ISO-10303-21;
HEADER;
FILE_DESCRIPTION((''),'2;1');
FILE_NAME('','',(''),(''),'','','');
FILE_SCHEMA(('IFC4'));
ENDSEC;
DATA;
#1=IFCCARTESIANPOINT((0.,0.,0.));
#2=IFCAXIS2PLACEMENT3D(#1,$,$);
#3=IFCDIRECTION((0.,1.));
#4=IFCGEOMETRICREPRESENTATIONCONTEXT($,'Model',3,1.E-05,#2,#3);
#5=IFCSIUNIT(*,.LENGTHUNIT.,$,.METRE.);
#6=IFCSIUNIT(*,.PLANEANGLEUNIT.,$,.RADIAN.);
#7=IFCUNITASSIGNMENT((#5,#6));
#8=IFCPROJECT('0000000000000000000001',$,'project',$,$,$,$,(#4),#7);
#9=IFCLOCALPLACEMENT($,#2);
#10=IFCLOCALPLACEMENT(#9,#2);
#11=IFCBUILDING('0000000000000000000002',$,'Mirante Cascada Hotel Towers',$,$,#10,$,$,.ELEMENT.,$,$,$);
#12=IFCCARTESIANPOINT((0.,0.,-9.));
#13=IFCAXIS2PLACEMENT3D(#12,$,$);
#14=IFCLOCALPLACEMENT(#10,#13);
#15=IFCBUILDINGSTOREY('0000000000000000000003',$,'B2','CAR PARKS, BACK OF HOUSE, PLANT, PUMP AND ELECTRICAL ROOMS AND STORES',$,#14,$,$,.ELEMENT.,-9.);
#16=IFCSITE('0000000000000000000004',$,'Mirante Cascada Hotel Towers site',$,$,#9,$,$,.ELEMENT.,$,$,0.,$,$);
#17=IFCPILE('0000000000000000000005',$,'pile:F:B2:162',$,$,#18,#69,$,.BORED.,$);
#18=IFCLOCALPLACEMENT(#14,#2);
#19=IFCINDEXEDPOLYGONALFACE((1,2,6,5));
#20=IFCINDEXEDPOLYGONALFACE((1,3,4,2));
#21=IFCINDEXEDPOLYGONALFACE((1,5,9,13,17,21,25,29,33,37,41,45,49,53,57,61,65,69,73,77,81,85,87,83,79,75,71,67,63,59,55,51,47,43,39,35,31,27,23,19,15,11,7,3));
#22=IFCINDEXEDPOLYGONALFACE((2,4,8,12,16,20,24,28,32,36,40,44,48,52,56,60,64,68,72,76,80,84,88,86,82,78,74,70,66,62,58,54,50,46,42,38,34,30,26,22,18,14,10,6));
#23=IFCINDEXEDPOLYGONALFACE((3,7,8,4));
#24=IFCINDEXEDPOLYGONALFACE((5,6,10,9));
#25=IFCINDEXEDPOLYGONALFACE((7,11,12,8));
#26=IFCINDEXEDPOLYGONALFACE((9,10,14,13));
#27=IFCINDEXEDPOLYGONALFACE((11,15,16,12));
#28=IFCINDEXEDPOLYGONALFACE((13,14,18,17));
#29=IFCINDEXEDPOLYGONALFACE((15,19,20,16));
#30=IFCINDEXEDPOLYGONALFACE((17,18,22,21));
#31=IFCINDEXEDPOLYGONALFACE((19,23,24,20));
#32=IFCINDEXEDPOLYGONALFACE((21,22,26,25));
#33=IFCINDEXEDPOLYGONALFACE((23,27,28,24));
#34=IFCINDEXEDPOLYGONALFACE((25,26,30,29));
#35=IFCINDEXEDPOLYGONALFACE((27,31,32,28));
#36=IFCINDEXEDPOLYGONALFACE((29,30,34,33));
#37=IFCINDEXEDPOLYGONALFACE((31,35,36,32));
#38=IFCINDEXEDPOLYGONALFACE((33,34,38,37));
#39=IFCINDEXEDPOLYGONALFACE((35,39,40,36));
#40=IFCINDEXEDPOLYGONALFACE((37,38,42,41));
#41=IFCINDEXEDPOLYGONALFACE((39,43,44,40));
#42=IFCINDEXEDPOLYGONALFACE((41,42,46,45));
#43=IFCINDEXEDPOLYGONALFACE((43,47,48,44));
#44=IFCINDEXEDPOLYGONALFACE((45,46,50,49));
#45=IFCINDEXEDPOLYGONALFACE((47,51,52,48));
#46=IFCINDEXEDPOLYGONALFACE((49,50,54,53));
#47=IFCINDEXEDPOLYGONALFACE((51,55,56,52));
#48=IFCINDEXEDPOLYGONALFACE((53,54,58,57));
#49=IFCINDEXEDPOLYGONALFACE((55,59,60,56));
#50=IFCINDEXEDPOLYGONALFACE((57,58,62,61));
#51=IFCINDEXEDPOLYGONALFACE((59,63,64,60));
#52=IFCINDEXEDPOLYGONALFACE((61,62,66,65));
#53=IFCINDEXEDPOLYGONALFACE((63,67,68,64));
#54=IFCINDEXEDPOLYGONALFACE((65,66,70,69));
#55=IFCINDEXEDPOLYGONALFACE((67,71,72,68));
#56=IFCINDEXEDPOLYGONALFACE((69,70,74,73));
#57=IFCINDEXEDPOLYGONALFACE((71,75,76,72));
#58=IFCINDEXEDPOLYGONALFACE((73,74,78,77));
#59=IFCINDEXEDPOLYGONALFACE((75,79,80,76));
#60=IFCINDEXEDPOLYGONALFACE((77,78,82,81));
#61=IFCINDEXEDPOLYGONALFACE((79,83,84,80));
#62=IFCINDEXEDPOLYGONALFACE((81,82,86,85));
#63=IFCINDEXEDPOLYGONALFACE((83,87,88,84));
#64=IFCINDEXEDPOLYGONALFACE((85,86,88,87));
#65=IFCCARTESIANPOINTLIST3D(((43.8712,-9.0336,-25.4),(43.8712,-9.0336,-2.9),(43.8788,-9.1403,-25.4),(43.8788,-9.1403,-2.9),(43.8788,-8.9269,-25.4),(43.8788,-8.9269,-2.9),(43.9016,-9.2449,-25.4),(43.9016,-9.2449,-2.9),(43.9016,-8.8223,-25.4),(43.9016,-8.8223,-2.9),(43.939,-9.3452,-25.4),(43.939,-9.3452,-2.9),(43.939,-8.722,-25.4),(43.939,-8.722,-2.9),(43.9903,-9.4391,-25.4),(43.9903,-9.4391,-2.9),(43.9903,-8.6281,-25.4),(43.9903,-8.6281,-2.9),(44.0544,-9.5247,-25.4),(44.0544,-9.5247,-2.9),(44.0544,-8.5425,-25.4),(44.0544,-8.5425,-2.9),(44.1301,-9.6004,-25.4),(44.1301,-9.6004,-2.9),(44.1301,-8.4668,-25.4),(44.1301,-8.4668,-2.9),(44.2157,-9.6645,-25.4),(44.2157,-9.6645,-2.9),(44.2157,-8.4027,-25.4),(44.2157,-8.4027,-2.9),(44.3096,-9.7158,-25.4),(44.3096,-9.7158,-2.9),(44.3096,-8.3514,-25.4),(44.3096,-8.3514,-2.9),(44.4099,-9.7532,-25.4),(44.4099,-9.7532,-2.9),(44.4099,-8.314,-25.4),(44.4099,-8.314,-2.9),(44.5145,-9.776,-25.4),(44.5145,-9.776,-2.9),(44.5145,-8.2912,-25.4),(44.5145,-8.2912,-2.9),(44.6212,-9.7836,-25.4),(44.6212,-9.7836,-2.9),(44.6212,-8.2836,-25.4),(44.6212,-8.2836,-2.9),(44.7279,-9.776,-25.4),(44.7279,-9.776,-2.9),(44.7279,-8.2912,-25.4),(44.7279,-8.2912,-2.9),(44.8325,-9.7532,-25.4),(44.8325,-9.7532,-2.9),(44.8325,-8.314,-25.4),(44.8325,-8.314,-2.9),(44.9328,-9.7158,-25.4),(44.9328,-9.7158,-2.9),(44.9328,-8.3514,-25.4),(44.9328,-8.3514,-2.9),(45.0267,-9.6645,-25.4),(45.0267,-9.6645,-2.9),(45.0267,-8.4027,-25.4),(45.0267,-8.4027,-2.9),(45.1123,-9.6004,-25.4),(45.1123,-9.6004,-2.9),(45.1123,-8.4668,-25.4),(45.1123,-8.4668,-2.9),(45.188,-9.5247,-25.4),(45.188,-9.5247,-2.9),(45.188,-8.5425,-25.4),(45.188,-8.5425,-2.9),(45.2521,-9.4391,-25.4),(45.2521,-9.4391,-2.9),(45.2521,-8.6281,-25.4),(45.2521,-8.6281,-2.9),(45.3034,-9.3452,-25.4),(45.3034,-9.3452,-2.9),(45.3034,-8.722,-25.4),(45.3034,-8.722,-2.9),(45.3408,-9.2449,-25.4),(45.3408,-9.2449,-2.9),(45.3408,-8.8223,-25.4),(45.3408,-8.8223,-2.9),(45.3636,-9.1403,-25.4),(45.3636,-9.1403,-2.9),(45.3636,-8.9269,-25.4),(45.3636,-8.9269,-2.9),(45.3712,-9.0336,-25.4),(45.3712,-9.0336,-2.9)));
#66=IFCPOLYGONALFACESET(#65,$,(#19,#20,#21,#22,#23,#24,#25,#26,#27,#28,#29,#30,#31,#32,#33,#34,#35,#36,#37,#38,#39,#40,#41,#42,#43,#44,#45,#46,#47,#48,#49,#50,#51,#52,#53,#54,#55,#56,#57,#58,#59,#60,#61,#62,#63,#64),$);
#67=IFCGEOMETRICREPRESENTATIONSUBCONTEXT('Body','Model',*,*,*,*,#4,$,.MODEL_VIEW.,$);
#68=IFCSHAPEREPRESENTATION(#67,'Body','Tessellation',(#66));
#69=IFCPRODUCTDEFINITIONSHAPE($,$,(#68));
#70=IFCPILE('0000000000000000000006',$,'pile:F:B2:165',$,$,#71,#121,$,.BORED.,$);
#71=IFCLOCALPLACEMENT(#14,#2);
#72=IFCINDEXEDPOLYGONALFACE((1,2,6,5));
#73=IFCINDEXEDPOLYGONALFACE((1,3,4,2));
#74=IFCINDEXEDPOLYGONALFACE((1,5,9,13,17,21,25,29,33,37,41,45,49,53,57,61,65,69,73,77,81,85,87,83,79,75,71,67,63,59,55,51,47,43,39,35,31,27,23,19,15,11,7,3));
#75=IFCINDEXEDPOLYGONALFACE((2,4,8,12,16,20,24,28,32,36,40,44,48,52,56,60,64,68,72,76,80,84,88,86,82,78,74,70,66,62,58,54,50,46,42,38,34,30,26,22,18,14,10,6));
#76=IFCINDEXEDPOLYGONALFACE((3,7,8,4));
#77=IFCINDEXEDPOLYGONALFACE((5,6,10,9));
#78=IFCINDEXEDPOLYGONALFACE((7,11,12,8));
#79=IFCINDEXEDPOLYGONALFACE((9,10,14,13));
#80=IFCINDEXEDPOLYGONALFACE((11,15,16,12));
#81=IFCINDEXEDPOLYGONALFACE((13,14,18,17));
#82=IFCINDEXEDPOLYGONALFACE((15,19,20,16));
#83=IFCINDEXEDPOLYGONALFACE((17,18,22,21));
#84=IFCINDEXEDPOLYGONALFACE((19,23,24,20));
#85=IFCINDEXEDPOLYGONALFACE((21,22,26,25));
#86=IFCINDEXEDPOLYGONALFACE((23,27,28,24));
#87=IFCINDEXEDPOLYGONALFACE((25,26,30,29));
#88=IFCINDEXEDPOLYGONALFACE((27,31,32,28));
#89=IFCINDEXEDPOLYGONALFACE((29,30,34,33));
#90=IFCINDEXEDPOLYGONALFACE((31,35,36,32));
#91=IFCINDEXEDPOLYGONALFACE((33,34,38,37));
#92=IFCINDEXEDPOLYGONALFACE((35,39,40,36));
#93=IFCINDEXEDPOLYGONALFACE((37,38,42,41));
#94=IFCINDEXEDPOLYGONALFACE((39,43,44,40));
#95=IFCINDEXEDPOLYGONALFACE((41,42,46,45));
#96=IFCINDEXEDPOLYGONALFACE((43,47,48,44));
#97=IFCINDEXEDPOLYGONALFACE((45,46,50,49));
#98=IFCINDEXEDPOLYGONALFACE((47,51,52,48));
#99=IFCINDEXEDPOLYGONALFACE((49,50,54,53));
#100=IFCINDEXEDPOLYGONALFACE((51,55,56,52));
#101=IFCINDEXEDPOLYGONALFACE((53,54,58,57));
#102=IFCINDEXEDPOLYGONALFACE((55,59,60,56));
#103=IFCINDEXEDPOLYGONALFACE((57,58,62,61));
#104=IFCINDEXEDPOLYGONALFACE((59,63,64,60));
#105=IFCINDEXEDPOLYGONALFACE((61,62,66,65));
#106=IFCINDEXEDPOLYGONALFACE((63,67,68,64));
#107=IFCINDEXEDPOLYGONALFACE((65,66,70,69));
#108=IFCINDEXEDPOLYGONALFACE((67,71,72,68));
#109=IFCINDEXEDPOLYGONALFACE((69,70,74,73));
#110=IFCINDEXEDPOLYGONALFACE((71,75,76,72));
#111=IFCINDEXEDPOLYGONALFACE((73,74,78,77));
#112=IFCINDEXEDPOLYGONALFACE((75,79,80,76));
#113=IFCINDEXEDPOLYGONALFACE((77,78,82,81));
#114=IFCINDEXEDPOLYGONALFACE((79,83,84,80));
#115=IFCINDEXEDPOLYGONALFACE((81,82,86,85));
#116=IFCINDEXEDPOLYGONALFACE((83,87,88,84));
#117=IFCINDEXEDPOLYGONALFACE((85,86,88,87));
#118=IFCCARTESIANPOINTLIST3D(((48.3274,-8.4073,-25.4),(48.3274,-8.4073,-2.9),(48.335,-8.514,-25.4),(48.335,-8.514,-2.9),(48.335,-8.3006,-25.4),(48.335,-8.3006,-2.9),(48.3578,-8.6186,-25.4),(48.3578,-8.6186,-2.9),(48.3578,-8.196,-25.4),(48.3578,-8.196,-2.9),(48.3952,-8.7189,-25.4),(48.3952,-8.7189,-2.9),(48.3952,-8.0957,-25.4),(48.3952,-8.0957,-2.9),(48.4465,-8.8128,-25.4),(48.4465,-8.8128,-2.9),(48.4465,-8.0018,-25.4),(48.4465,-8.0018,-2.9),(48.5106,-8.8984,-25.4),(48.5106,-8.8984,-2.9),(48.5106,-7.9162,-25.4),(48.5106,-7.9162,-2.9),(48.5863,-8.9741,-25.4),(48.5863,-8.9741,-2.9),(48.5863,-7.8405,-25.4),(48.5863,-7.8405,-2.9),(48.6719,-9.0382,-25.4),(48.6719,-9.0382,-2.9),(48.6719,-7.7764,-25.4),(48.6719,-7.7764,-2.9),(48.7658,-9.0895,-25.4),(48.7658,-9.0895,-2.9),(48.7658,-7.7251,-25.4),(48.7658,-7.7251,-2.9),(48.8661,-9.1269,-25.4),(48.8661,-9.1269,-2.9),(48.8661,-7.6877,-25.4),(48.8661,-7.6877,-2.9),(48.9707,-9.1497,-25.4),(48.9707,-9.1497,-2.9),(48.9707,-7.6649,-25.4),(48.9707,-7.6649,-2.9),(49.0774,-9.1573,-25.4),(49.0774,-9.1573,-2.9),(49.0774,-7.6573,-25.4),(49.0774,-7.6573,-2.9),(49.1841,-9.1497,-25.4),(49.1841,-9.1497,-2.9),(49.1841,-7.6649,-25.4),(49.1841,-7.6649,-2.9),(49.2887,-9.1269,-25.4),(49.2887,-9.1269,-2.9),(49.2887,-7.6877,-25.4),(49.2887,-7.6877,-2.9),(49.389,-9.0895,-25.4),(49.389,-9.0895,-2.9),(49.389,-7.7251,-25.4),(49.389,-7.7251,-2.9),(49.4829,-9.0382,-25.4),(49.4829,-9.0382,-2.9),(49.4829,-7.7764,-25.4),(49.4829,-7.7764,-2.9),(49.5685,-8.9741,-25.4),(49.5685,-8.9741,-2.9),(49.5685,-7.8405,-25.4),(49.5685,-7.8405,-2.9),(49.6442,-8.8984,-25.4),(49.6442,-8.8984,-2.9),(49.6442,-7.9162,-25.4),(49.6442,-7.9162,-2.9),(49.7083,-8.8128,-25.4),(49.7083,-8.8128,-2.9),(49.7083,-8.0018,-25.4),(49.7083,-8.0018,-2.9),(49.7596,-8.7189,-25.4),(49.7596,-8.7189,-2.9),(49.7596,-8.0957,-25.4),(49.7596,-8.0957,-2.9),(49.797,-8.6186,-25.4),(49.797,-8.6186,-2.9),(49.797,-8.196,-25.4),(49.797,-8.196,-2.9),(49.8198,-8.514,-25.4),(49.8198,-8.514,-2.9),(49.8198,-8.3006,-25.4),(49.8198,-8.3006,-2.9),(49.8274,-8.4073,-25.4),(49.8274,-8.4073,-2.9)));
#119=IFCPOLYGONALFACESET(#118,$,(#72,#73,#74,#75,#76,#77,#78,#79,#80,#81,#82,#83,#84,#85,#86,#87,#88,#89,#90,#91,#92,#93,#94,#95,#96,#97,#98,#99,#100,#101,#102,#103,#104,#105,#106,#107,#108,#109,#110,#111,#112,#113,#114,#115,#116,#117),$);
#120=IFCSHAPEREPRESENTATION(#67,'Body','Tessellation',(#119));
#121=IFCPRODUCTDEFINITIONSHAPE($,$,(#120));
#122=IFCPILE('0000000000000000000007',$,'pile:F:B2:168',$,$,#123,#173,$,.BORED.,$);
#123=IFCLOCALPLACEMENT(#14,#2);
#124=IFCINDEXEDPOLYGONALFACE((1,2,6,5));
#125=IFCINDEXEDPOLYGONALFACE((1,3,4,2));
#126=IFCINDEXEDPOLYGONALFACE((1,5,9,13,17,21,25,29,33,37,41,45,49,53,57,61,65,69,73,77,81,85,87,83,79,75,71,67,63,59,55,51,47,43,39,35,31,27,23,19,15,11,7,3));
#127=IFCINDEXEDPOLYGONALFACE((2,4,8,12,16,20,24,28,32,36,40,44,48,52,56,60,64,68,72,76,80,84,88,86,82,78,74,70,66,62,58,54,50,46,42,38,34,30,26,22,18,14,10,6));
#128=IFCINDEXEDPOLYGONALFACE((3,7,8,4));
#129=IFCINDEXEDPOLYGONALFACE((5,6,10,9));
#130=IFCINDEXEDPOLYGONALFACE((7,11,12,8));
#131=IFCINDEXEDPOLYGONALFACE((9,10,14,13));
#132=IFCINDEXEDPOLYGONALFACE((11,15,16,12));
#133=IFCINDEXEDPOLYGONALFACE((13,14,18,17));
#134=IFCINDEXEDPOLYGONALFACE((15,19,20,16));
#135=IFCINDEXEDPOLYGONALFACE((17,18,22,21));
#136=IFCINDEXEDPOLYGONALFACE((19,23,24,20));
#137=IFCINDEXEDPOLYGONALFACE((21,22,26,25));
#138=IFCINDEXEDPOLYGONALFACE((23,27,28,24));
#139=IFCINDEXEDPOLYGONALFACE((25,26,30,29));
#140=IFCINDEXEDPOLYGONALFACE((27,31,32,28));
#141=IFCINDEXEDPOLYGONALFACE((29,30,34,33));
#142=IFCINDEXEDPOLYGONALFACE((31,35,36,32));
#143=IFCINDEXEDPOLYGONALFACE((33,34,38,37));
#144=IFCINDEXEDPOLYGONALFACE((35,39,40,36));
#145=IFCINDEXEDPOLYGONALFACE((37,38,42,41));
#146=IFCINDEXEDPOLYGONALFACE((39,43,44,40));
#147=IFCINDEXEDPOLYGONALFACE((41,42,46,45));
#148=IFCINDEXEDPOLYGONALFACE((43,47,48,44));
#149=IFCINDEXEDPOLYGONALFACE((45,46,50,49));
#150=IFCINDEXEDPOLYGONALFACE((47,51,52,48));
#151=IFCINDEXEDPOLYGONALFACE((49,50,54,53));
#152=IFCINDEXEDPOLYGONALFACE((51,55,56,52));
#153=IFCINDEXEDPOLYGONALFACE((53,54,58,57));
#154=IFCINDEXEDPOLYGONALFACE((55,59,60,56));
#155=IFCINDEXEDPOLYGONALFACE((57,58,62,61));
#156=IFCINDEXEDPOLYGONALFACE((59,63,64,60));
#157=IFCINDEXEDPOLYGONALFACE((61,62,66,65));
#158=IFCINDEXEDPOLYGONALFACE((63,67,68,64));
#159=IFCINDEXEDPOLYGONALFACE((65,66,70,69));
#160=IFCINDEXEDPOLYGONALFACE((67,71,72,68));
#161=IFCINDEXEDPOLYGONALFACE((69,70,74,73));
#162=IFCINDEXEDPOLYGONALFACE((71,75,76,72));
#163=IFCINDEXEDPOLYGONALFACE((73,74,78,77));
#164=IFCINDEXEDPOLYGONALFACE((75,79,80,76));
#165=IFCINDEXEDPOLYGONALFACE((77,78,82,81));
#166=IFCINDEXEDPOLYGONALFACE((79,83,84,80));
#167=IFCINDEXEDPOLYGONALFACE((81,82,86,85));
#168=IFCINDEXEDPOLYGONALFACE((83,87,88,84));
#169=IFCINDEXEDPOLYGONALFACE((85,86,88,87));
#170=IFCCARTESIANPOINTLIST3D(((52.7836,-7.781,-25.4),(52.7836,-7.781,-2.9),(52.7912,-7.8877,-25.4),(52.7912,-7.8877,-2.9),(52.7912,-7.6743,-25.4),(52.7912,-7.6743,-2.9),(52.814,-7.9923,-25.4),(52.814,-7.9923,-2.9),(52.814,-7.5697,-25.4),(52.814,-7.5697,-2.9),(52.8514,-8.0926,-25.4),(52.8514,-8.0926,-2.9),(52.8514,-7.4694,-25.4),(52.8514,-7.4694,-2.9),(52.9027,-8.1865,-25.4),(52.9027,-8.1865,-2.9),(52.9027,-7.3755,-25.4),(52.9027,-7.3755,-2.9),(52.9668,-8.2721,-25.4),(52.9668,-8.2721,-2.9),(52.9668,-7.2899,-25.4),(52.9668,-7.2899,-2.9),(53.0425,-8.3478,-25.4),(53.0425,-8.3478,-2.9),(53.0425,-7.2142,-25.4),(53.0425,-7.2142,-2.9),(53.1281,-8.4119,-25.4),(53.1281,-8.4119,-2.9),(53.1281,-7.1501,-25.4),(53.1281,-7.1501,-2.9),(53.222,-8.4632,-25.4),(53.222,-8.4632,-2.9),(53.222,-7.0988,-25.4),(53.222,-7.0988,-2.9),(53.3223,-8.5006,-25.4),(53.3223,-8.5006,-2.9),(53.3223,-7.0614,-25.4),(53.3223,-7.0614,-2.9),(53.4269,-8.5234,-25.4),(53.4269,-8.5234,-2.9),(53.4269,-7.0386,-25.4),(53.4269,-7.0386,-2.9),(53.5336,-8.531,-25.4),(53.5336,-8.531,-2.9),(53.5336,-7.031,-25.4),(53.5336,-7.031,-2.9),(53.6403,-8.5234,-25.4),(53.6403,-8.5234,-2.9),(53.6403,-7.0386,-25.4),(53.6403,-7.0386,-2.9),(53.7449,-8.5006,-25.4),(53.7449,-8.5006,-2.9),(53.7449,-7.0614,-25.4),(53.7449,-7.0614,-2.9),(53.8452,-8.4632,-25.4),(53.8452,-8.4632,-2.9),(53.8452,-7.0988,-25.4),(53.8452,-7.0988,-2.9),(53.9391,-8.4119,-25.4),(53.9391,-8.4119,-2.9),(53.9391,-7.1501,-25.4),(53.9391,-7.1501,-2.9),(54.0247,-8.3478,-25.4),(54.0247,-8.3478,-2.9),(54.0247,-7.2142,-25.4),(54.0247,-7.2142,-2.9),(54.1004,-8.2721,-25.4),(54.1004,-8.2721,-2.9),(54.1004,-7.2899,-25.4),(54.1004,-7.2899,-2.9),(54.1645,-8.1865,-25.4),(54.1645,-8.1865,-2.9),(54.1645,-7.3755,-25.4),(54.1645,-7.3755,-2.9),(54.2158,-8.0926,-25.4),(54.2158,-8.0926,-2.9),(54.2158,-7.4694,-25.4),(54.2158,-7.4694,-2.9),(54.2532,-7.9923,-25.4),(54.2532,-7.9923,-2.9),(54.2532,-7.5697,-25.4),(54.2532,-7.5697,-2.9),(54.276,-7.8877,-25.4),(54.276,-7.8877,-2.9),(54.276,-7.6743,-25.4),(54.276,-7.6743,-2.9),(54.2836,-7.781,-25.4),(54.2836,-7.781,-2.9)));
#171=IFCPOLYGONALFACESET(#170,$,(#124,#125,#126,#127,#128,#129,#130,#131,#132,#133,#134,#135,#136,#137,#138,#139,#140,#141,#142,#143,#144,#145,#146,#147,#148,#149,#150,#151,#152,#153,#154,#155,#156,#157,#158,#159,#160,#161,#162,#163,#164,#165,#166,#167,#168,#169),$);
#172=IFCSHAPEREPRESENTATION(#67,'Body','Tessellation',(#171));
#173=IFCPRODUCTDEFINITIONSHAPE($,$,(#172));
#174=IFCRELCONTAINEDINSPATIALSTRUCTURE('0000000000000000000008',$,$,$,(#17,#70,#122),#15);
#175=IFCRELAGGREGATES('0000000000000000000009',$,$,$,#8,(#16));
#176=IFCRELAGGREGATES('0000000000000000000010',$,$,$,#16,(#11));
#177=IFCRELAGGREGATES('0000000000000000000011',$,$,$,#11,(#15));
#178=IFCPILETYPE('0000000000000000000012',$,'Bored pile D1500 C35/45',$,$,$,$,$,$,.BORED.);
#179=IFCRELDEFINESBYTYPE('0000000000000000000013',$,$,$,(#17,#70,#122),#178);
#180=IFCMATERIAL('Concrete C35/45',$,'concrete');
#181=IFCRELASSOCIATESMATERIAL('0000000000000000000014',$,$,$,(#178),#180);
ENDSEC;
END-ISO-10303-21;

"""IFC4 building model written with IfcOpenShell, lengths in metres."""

from ifc_helpers import new_model, si_unit, direction, frame, origin, origin_2d, place, context, subcontext, project, spatial, circle, extrude, material, material_profile, profile_set, type_object, element, save


model = new_model("IFC4")

# Units and contexts
model_context = context("Model", 3, precision=1e-05, world=origin(), true_north=direction((0.0, 1.0)))
body_context = subcontext(model_context, "Body", "Model", "MODEL_VIEW")
ifc_project = project(units=[si_unit("LENGTHUNIT", "METRE"), si_unit("PLANEANGLEUNIT", "RADIAN")], contexts=[model_context])

# Site, building, storey
site_placement = place(None, origin())
site = spatial("IfcSite", under=ifc_project, at=site_placement, Name="Mirante Cascada Hotel Towers site", CompositionType="ELEMENT", RefElevation=0.0)
building_placement = place(site_placement, origin())
building = spatial("IfcBuilding", under=site, at=building_placement, Name="Mirante Cascada Hotel Towers", CompositionType="ELEMENT")
storey_placement = place(building_placement, frame((0.0, 0.0, -9.0)))
storey = spatial("IfcBuildingStorey", under=building, at=storey_placement, Name="B2", Description="CAR PARKS, BACK OF HOUSE, PLANT, PUMP AND ELECTRICAL ROOMS AND STORES", CompositionType="ELEMENT", Elevation=-9.0)

# Piles
ifc_material_1 = material(Name="Concrete C35/45", Category="concrete")
ifc_material_profile_1 = material_profile(ifc_material_1, circle(Radius=0.75, at=origin_2d()), Name="RC D1500")
ifc_profile_set_1 = profile_set([ifc_material_profile_1], Name="Concrete C35/45")
pile_type = type_object("IfcPileType", Name="Bored pile D1500 C35/45", PredefinedType="BORED", material=ifc_profile_set_1)
for number, where, z_axis, x_axis, name in (
    (1, (44.6212, -9.0336, -2.9), (0.0, 0.0, -1.0), (1.0, 0.0, 0.0), "pile:F:B2:162"),
    (2, (49.0774, -8.4073, -2.9), (0.0, 0.0, -1.0), (1.0, 0.0, 0.0), "pile:F:B2:165"),
    (3, (53.5336, -7.781, -2.9), (0.0, 0.0, -1.0), (1.0, 0.0, 0.0), "pile:F:B2:168"),
):
    element("IfcPile", number, at=place(storey_placement, frame(where, z_axis=z_axis, x_axis=x_axis)), inside=storey, type_object=pile_type, Name=name, PredefinedType="BORED", context=body_context, shape_type="SweptSolid", body=[
        extrude(circle(Radius=0.75, at=origin_2d()), origin(), (0.0, 0.0, 1.0), 22.5),
    ])

save(model, "model.ifc")
